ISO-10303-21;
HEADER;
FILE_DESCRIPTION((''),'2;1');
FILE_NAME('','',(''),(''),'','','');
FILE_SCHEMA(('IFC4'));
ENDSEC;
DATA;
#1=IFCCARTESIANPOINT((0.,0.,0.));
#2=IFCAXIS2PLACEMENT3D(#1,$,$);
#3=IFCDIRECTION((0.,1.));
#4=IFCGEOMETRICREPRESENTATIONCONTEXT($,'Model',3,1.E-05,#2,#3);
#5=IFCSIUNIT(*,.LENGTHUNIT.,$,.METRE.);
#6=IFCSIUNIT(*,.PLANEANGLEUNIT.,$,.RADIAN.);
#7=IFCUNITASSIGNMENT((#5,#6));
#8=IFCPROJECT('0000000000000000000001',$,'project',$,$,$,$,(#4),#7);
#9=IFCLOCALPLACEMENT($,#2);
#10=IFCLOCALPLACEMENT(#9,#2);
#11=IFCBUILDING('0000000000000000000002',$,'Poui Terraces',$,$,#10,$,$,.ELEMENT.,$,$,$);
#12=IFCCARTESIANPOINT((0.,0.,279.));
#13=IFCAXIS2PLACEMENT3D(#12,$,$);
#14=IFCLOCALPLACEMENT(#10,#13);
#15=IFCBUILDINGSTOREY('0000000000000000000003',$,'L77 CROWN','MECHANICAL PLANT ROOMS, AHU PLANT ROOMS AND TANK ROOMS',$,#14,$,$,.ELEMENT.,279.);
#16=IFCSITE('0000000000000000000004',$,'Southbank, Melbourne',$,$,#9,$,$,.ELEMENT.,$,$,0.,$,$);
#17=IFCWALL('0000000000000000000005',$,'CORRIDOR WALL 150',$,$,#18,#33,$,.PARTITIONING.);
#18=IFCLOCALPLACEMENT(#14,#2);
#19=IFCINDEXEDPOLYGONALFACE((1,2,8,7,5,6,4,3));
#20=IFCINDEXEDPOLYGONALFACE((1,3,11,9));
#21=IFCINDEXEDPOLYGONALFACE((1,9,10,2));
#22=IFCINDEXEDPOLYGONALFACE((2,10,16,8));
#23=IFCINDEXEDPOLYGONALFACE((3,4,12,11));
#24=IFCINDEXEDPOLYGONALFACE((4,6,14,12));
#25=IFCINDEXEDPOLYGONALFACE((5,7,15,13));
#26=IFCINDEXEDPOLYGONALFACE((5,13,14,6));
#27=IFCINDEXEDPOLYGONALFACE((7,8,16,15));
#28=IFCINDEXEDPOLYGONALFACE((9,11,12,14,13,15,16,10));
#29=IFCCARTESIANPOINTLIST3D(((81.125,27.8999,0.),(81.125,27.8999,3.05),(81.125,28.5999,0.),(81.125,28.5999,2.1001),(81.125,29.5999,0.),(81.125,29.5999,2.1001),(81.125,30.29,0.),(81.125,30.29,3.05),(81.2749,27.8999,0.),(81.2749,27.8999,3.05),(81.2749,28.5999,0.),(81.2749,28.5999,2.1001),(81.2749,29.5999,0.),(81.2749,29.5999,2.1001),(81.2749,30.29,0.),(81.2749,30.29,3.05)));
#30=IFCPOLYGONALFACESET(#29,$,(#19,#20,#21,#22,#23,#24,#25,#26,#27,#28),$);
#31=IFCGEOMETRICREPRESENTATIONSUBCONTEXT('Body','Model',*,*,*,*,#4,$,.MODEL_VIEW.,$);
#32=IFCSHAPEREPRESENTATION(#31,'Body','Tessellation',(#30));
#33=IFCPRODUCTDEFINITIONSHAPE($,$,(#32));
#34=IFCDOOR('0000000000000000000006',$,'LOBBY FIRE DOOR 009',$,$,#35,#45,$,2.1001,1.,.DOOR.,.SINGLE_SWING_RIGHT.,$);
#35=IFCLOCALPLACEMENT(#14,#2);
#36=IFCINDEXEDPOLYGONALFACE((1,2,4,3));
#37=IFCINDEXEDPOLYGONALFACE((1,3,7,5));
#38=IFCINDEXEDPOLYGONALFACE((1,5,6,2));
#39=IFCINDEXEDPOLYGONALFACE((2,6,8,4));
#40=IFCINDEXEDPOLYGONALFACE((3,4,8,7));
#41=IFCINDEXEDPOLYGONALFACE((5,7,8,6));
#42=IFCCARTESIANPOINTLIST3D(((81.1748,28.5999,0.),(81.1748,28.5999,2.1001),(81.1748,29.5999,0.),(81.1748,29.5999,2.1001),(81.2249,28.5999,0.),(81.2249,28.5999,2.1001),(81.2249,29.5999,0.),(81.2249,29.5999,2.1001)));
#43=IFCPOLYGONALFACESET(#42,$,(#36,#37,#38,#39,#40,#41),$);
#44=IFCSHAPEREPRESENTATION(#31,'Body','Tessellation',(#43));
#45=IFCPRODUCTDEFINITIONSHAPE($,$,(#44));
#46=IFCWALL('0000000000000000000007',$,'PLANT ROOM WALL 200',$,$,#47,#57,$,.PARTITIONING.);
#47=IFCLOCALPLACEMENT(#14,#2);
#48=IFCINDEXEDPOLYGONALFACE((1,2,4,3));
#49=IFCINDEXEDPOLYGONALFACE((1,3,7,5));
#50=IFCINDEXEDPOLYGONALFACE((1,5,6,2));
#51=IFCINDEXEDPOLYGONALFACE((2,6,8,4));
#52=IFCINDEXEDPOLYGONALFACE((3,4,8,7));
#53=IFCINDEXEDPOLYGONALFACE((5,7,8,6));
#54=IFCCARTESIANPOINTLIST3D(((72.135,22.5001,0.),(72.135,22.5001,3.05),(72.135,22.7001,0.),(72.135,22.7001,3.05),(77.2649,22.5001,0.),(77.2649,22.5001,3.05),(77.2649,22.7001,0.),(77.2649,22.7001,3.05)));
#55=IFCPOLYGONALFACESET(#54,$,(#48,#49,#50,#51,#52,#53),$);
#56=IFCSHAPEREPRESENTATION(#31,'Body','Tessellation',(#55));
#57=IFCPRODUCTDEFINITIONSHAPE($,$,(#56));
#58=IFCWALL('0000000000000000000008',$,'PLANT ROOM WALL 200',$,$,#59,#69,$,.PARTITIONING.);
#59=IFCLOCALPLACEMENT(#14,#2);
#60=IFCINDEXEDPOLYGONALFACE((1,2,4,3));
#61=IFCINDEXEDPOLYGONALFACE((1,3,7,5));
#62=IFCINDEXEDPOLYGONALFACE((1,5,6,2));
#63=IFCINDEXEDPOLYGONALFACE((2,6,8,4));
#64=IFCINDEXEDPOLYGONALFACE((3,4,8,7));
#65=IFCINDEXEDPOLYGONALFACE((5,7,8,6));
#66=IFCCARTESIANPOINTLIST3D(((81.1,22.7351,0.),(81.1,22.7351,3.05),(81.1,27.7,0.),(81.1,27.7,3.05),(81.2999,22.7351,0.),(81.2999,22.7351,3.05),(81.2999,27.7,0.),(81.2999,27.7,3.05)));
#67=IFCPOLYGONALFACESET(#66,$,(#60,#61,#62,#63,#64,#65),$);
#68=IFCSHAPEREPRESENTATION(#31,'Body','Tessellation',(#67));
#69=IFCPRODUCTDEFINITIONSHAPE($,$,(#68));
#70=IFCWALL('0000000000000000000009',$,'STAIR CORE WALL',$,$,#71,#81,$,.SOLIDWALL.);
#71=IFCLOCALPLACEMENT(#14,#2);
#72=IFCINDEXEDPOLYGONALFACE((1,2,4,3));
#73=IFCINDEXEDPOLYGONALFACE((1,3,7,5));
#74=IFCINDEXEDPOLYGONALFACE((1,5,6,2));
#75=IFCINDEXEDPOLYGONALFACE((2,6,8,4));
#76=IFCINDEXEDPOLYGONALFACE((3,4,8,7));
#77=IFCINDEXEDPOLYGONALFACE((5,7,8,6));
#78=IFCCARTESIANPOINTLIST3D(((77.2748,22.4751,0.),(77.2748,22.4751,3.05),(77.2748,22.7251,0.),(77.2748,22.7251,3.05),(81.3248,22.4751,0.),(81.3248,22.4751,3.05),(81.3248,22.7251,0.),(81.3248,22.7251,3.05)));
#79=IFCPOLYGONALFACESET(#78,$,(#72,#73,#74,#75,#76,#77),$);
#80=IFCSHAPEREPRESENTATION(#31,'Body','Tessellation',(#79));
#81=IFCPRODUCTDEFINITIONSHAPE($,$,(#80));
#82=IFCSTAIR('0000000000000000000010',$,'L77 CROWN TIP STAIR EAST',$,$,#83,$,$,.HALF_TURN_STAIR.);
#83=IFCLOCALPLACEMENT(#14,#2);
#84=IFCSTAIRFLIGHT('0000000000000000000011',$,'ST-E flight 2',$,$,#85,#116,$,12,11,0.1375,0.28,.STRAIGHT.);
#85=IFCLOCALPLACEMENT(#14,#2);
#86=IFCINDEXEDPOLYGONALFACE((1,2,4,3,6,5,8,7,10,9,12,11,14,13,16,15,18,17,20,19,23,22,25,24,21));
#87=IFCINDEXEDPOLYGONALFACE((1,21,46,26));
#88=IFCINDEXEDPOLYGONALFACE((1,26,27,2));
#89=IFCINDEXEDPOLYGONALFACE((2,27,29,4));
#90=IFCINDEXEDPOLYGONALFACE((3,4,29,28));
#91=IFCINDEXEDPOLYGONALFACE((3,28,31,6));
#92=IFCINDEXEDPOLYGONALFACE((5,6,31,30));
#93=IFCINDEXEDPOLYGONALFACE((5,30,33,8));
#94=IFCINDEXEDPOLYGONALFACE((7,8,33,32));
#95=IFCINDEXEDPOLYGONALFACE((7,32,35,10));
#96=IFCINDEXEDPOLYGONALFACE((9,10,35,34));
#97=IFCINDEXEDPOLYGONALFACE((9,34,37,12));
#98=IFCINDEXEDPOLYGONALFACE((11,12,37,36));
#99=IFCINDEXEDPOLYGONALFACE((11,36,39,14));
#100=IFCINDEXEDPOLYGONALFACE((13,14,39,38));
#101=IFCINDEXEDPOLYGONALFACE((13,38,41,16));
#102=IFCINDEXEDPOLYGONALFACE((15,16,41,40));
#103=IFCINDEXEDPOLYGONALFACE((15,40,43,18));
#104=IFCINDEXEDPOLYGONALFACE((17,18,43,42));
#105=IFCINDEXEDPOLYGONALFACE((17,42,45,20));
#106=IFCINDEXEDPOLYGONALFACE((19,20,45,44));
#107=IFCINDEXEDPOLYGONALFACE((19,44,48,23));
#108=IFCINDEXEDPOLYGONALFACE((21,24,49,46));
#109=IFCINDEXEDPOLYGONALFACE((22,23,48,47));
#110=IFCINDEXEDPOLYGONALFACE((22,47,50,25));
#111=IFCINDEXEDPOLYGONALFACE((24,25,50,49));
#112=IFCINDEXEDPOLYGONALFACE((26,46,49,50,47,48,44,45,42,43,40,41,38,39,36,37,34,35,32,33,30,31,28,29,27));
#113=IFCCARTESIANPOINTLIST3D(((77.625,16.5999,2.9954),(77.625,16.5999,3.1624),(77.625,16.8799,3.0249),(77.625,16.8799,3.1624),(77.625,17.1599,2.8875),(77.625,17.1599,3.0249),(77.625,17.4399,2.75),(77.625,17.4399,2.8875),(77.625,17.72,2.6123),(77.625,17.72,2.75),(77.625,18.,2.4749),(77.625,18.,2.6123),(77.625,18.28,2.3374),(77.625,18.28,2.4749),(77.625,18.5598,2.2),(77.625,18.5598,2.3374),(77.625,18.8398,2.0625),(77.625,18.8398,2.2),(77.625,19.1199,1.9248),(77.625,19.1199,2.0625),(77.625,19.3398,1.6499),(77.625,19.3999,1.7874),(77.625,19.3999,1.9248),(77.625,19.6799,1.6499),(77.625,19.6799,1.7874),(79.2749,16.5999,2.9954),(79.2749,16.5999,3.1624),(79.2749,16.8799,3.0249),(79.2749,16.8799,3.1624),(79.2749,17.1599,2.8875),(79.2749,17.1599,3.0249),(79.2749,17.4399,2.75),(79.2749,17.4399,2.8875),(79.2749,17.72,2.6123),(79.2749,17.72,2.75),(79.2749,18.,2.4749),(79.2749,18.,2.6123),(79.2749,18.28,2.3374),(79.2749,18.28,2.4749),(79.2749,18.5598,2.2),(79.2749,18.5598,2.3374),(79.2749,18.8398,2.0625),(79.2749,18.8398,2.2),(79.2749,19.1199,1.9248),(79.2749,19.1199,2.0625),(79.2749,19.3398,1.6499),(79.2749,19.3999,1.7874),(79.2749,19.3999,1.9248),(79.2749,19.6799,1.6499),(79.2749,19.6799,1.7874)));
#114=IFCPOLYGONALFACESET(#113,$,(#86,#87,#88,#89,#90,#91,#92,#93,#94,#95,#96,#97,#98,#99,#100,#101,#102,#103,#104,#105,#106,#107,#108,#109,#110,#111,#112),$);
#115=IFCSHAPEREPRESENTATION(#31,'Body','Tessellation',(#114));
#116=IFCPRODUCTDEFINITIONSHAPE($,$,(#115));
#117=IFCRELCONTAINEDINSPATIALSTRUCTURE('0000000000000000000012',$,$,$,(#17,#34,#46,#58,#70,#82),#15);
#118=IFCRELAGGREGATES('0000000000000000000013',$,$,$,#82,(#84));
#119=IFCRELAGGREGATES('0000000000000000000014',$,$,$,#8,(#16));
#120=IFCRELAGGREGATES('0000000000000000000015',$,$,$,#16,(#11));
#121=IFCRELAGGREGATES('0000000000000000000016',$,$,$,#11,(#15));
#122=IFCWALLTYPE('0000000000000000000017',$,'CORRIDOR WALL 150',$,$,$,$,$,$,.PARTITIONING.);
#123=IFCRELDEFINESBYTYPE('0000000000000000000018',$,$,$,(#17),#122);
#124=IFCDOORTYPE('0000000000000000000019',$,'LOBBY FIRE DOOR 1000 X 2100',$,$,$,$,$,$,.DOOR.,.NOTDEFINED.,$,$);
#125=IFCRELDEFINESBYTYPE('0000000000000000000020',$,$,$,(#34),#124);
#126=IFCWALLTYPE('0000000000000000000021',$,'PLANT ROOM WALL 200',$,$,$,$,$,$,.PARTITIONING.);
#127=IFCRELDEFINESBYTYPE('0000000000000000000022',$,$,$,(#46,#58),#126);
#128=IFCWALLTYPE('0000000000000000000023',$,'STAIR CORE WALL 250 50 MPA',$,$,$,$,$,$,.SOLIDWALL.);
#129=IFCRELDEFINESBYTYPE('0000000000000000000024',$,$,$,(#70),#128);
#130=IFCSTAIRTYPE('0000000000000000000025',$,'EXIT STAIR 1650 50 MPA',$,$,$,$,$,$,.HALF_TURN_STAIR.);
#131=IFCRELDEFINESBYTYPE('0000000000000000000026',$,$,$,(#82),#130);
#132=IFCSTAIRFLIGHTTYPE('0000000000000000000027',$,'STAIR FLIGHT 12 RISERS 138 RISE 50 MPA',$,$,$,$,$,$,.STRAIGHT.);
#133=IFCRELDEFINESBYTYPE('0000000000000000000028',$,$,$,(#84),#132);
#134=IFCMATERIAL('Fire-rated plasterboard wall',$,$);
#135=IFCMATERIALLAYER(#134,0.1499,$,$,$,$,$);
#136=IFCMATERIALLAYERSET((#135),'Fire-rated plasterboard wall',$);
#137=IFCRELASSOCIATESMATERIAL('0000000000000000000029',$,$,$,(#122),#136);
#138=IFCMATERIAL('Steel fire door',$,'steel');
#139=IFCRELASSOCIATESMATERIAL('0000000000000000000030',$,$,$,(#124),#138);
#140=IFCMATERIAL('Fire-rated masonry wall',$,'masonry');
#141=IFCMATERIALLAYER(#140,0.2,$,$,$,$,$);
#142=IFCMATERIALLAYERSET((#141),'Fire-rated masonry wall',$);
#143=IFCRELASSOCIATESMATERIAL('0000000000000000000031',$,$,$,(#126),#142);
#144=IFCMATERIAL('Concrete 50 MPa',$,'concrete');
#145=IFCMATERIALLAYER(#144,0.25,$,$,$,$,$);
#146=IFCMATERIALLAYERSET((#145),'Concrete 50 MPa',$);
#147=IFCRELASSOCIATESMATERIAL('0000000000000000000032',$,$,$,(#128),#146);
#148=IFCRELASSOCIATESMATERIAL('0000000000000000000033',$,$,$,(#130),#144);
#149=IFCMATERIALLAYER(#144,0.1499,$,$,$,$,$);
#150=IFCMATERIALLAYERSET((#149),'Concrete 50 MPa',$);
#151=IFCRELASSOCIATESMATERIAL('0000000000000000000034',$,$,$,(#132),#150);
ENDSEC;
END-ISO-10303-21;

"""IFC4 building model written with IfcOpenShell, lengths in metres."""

from ifc_helpers import new_model, si_unit, direction, frame, frame_2d, origin, place, context, subcontext, project, spatial, polyline, rectangle, outline, extrude, material, layer, layer_set, type_object, element, fill, aggregate, save


model = new_model("IFC4")

# Units and contexts
model_context = context("Model", 3, precision=1e-05, world=origin(), true_north=direction((0.0, 1.0)))
body_context = subcontext(model_context, "Body", "Model", "MODEL_VIEW")
ifc_project = project(units=[si_unit("LENGTHUNIT", "METRE"), si_unit("PLANEANGLEUNIT", "RADIAN")], contexts=[model_context])

# Site, building, storey
site_placement = place(None, origin())
site = spatial("IfcSite", under=ifc_project, at=site_placement, Name="Southbank, Melbourne", CompositionType="ELEMENT", RefElevation=0.0)
building_placement = place(site_placement, origin())
building = spatial("IfcBuilding", under=site, at=building_placement, Name="Poui Terraces", CompositionType="ELEMENT")
storey_placement = place(building_placement, frame((0.0, 0.0, 279.0)))
storey = spatial("IfcBuildingStorey", under=building, at=storey_placement, Name="L77 CROWN", Description="MECHANICAL PLANT ROOMS, AHU PLANT ROOMS AND TANK ROOMS", CompositionType="ELEMENT", Elevation=279.0)

# Wall, opening, door
ifc_material_1 = material(Name="Fire-rated plasterboard wall")
ifc_layer_1 = layer(ifc_material_1, 0.1499)
ifc_layer_set_1 = layer_set([ifc_layer_1], Name="Fire-rated plasterboard wall")
wall_type_1 = type_object("IfcWallType", Name="CORRIDOR WALL 150", PredefinedType="PARTITIONING", material=ifc_layer_set_1)
wall_1_placement = place(storey_placement, frame((81.2, 27.8999, 0.0), z_axis=(0.0, 0.0, 1.0), x_axis=(0.0, 1.0, 0.0)))
wall_1 = element("IfcWall", 1, at=wall_1_placement, inside=storey, type_object=wall_type_1, Name="CORRIDOR WALL 150", PredefinedType="PARTITIONING", context=body_context, shape_type="SweptSolid", body=[
    extrude(rectangle(XDim=2.3901, YDim=0.1499, at=frame_2d((1.1951, 0.0))), origin(), (0.0, 0.0, 1.0), 3.05),
])
opening_placement = place(wall_1_placement, frame((0.7, 0.0, 0.0)))
opening = element("IfcOpeningElement", 2, at=opening_placement, cuts=wall_1, PredefinedType="OPENING", context=body_context, shape_type="SweptSolid", body=[
    extrude(rectangle(XDim=1.0, YDim=2.1001, at=frame_2d((0.5, 1.05))), frame((0.0, 0.085, 0.0), z_axis=(0.0, -1.0, 0.0), x_axis=(1.0, 0.0, 0.0)), (0.0, 0.0, 1.0), 0.1699),
])
ifc_material_2 = material(Name="Steel fire door", Category="steel")
door_type = type_object("IfcDoorType", Name="LOBBY FIRE DOOR 1000 X 2100", OperationType="NOTDEFINED", PredefinedType="DOOR", material=ifc_material_2)
door_placement = place(opening_placement, frame((1.0, 0.0, 0.0), z_axis=(0.0, 0.0, 1.0), x_axis=(-1.0, 0.0, 0.0)))
door = element("IfcDoor", 3, at=door_placement, inside=storey, type_object=door_type, Name="LOBBY FIRE DOOR 009", OperationType="SINGLE_SWING_RIGHT", OverallHeight=2.1001, OverallWidth=1.0, PredefinedType="DOOR", context=body_context, shape_type="SweptSolid", body=[
    extrude(rectangle(XDim=1.0, YDim=2.1001, at=frame_2d((0.5, 1.05))), frame((0.0, 0.0249, 0.0), z_axis=(0.0, -1.0, 0.0), x_axis=(1.0, 0.0, 0.0)), (0.0, 0.0, 1.0), 0.05),
])
fill(opening, door)

# Walls
ifc_material_3 = material(Name="Fire-rated masonry wall", Category="masonry")
ifc_layer_2 = layer(ifc_material_3, 0.2)
ifc_layer_set_2 = layer_set([ifc_layer_2], Name="Fire-rated masonry wall")
wall_type_2 = type_object("IfcWallType", Name="PLANT ROOM WALL 200", PredefinedType="PARTITIONING", material=ifc_layer_set_2)
wall_2_placement = place(storey_placement, frame((72.135, 22.6001, 0.0), z_axis=(0.0, 0.0, 1.0), x_axis=(1.0, 0.0, 0.0)))
element("IfcWall", 4, at=wall_2_placement, inside=storey, type_object=wall_type_2, Name="PLANT ROOM WALL 200", PredefinedType="PARTITIONING", context=body_context, shape_type="SweptSolid", body=[
    extrude(rectangle(XDim=5.1299, YDim=0.2, at=frame_2d((2.5649, 0.0))), origin(), (0.0, 0.0, 1.0), 3.05),
])
wall_3_placement = place(storey_placement, frame((81.2, 22.7351, 0.0), z_axis=(0.0, 0.0, 1.0), x_axis=(0.0, 1.0, 0.0)))
element("IfcWall", 5, at=wall_3_placement, inside=storey, type_object=wall_type_2, Name="PLANT ROOM WALL 200", PredefinedType="PARTITIONING", context=body_context, shape_type="SweptSolid", body=[
    extrude(rectangle(XDim=4.9648, YDim=0.2, at=frame_2d((2.4824, 0.0))), origin(), (0.0, 0.0, 1.0), 3.05),
])
ifc_material_4 = material(Name="Concrete 50 MPa", Category="concrete")
ifc_layer_3 = layer(ifc_material_4, 0.25)
ifc_layer_set_3 = layer_set([ifc_layer_3], Name="Concrete 50 MPa")
wall_type_3 = type_object("IfcWallType", Name="STAIR CORE WALL 250 50 MPA", PredefinedType="SOLIDWALL", material=ifc_layer_set_3)
wall_4_placement = place(storey_placement, frame((77.2749, 22.6001, 0.0), z_axis=(0.0, 0.0, 1.0), x_axis=(1.0, 0.0, 0.0)))
element("IfcWall", 6, at=wall_4_placement, inside=storey, type_object=wall_type_3, Name="STAIR CORE WALL", PredefinedType="SOLIDWALL", context=body_context, shape_type="SweptSolid", body=[
    extrude(rectangle(XDim=4.05, YDim=0.25, at=frame_2d((2.0249, 0.0))), origin(), (0.0, 0.0, 1.0), 3.05),
])

# Stair, stair flight
stair_type = type_object("IfcStairType", Name="EXIT STAIR 1650 50 MPA", PredefinedType="HALF_TURN_STAIR", material=ifc_material_4)
stair_placement = place(storey_placement, origin())
stair = element("IfcStair", 7, at=stair_placement, inside=storey, type_object=stair_type, Name="L77 CROWN TIP STAIR EAST", PredefinedType="HALF_TURN_STAIR")
ifc_layer_4 = layer(ifc_material_4, 0.1499)
ifc_layer_set_4 = layer_set([ifc_layer_4], Name="Concrete 50 MPa")
stair_flight_type = type_object("IfcStairFlightType", Name="STAIR FLIGHT 12 RISERS 138 RISE 50 MPA", PredefinedType="STRAIGHT", material=ifc_layer_set_4)
stair_flight_placement = place(storey_placement, frame((78.45, 19.6799, 1.6499), z_axis=(0.0, 0.0, 1.0), x_axis=(0.0, -1.0, 0.0)))
stair_flight = element("IfcStairFlight", 8, at=stair_flight_placement, type_object=stair_flight_type, Name="ST-E flight 2", NumberOfRisers=12, NumberOfTreads=11, PredefinedType="STRAIGHT", RiserHeight=0.1375, TreadLength=0.28, context=body_context, shape_type="SweptSolid", body=[
    extrude(outline(polyline([(0.0, 0.0), (0.0, 0.1375), (0.28, 0.1375), (0.28, 0.2749), (0.5601, 0.2749), (0.5601, 0.4126), (0.8401, 0.4126), (0.8401, 0.55), (1.1201, 0.55), (1.1201, 0.6875), (1.3999, 0.6875), (1.3999, 0.825), (1.6799, 0.825), (1.6799, 0.9624), (1.96, 0.9624), (1.96, 1.1001), (2.24, 1.1001), (2.24, 1.2375), (2.52, 1.2375), (2.52, 1.375), (2.8, 1.375), (2.8, 1.5125), (3.0801, 1.5125), (3.0801, 1.6499), (3.0801, 1.3455), (0.3401, 0.0), (0.0, 0.0)])), frame((0.0, 0.825, 0.0), z_axis=(0.0, -1.0, 0.0), x_axis=(1.0, 0.0, 0.0)), (0.0, 0.0, 1.0), 1.6499),
])
aggregate(stair, [stair_flight])

save(model, "model.ifc")
